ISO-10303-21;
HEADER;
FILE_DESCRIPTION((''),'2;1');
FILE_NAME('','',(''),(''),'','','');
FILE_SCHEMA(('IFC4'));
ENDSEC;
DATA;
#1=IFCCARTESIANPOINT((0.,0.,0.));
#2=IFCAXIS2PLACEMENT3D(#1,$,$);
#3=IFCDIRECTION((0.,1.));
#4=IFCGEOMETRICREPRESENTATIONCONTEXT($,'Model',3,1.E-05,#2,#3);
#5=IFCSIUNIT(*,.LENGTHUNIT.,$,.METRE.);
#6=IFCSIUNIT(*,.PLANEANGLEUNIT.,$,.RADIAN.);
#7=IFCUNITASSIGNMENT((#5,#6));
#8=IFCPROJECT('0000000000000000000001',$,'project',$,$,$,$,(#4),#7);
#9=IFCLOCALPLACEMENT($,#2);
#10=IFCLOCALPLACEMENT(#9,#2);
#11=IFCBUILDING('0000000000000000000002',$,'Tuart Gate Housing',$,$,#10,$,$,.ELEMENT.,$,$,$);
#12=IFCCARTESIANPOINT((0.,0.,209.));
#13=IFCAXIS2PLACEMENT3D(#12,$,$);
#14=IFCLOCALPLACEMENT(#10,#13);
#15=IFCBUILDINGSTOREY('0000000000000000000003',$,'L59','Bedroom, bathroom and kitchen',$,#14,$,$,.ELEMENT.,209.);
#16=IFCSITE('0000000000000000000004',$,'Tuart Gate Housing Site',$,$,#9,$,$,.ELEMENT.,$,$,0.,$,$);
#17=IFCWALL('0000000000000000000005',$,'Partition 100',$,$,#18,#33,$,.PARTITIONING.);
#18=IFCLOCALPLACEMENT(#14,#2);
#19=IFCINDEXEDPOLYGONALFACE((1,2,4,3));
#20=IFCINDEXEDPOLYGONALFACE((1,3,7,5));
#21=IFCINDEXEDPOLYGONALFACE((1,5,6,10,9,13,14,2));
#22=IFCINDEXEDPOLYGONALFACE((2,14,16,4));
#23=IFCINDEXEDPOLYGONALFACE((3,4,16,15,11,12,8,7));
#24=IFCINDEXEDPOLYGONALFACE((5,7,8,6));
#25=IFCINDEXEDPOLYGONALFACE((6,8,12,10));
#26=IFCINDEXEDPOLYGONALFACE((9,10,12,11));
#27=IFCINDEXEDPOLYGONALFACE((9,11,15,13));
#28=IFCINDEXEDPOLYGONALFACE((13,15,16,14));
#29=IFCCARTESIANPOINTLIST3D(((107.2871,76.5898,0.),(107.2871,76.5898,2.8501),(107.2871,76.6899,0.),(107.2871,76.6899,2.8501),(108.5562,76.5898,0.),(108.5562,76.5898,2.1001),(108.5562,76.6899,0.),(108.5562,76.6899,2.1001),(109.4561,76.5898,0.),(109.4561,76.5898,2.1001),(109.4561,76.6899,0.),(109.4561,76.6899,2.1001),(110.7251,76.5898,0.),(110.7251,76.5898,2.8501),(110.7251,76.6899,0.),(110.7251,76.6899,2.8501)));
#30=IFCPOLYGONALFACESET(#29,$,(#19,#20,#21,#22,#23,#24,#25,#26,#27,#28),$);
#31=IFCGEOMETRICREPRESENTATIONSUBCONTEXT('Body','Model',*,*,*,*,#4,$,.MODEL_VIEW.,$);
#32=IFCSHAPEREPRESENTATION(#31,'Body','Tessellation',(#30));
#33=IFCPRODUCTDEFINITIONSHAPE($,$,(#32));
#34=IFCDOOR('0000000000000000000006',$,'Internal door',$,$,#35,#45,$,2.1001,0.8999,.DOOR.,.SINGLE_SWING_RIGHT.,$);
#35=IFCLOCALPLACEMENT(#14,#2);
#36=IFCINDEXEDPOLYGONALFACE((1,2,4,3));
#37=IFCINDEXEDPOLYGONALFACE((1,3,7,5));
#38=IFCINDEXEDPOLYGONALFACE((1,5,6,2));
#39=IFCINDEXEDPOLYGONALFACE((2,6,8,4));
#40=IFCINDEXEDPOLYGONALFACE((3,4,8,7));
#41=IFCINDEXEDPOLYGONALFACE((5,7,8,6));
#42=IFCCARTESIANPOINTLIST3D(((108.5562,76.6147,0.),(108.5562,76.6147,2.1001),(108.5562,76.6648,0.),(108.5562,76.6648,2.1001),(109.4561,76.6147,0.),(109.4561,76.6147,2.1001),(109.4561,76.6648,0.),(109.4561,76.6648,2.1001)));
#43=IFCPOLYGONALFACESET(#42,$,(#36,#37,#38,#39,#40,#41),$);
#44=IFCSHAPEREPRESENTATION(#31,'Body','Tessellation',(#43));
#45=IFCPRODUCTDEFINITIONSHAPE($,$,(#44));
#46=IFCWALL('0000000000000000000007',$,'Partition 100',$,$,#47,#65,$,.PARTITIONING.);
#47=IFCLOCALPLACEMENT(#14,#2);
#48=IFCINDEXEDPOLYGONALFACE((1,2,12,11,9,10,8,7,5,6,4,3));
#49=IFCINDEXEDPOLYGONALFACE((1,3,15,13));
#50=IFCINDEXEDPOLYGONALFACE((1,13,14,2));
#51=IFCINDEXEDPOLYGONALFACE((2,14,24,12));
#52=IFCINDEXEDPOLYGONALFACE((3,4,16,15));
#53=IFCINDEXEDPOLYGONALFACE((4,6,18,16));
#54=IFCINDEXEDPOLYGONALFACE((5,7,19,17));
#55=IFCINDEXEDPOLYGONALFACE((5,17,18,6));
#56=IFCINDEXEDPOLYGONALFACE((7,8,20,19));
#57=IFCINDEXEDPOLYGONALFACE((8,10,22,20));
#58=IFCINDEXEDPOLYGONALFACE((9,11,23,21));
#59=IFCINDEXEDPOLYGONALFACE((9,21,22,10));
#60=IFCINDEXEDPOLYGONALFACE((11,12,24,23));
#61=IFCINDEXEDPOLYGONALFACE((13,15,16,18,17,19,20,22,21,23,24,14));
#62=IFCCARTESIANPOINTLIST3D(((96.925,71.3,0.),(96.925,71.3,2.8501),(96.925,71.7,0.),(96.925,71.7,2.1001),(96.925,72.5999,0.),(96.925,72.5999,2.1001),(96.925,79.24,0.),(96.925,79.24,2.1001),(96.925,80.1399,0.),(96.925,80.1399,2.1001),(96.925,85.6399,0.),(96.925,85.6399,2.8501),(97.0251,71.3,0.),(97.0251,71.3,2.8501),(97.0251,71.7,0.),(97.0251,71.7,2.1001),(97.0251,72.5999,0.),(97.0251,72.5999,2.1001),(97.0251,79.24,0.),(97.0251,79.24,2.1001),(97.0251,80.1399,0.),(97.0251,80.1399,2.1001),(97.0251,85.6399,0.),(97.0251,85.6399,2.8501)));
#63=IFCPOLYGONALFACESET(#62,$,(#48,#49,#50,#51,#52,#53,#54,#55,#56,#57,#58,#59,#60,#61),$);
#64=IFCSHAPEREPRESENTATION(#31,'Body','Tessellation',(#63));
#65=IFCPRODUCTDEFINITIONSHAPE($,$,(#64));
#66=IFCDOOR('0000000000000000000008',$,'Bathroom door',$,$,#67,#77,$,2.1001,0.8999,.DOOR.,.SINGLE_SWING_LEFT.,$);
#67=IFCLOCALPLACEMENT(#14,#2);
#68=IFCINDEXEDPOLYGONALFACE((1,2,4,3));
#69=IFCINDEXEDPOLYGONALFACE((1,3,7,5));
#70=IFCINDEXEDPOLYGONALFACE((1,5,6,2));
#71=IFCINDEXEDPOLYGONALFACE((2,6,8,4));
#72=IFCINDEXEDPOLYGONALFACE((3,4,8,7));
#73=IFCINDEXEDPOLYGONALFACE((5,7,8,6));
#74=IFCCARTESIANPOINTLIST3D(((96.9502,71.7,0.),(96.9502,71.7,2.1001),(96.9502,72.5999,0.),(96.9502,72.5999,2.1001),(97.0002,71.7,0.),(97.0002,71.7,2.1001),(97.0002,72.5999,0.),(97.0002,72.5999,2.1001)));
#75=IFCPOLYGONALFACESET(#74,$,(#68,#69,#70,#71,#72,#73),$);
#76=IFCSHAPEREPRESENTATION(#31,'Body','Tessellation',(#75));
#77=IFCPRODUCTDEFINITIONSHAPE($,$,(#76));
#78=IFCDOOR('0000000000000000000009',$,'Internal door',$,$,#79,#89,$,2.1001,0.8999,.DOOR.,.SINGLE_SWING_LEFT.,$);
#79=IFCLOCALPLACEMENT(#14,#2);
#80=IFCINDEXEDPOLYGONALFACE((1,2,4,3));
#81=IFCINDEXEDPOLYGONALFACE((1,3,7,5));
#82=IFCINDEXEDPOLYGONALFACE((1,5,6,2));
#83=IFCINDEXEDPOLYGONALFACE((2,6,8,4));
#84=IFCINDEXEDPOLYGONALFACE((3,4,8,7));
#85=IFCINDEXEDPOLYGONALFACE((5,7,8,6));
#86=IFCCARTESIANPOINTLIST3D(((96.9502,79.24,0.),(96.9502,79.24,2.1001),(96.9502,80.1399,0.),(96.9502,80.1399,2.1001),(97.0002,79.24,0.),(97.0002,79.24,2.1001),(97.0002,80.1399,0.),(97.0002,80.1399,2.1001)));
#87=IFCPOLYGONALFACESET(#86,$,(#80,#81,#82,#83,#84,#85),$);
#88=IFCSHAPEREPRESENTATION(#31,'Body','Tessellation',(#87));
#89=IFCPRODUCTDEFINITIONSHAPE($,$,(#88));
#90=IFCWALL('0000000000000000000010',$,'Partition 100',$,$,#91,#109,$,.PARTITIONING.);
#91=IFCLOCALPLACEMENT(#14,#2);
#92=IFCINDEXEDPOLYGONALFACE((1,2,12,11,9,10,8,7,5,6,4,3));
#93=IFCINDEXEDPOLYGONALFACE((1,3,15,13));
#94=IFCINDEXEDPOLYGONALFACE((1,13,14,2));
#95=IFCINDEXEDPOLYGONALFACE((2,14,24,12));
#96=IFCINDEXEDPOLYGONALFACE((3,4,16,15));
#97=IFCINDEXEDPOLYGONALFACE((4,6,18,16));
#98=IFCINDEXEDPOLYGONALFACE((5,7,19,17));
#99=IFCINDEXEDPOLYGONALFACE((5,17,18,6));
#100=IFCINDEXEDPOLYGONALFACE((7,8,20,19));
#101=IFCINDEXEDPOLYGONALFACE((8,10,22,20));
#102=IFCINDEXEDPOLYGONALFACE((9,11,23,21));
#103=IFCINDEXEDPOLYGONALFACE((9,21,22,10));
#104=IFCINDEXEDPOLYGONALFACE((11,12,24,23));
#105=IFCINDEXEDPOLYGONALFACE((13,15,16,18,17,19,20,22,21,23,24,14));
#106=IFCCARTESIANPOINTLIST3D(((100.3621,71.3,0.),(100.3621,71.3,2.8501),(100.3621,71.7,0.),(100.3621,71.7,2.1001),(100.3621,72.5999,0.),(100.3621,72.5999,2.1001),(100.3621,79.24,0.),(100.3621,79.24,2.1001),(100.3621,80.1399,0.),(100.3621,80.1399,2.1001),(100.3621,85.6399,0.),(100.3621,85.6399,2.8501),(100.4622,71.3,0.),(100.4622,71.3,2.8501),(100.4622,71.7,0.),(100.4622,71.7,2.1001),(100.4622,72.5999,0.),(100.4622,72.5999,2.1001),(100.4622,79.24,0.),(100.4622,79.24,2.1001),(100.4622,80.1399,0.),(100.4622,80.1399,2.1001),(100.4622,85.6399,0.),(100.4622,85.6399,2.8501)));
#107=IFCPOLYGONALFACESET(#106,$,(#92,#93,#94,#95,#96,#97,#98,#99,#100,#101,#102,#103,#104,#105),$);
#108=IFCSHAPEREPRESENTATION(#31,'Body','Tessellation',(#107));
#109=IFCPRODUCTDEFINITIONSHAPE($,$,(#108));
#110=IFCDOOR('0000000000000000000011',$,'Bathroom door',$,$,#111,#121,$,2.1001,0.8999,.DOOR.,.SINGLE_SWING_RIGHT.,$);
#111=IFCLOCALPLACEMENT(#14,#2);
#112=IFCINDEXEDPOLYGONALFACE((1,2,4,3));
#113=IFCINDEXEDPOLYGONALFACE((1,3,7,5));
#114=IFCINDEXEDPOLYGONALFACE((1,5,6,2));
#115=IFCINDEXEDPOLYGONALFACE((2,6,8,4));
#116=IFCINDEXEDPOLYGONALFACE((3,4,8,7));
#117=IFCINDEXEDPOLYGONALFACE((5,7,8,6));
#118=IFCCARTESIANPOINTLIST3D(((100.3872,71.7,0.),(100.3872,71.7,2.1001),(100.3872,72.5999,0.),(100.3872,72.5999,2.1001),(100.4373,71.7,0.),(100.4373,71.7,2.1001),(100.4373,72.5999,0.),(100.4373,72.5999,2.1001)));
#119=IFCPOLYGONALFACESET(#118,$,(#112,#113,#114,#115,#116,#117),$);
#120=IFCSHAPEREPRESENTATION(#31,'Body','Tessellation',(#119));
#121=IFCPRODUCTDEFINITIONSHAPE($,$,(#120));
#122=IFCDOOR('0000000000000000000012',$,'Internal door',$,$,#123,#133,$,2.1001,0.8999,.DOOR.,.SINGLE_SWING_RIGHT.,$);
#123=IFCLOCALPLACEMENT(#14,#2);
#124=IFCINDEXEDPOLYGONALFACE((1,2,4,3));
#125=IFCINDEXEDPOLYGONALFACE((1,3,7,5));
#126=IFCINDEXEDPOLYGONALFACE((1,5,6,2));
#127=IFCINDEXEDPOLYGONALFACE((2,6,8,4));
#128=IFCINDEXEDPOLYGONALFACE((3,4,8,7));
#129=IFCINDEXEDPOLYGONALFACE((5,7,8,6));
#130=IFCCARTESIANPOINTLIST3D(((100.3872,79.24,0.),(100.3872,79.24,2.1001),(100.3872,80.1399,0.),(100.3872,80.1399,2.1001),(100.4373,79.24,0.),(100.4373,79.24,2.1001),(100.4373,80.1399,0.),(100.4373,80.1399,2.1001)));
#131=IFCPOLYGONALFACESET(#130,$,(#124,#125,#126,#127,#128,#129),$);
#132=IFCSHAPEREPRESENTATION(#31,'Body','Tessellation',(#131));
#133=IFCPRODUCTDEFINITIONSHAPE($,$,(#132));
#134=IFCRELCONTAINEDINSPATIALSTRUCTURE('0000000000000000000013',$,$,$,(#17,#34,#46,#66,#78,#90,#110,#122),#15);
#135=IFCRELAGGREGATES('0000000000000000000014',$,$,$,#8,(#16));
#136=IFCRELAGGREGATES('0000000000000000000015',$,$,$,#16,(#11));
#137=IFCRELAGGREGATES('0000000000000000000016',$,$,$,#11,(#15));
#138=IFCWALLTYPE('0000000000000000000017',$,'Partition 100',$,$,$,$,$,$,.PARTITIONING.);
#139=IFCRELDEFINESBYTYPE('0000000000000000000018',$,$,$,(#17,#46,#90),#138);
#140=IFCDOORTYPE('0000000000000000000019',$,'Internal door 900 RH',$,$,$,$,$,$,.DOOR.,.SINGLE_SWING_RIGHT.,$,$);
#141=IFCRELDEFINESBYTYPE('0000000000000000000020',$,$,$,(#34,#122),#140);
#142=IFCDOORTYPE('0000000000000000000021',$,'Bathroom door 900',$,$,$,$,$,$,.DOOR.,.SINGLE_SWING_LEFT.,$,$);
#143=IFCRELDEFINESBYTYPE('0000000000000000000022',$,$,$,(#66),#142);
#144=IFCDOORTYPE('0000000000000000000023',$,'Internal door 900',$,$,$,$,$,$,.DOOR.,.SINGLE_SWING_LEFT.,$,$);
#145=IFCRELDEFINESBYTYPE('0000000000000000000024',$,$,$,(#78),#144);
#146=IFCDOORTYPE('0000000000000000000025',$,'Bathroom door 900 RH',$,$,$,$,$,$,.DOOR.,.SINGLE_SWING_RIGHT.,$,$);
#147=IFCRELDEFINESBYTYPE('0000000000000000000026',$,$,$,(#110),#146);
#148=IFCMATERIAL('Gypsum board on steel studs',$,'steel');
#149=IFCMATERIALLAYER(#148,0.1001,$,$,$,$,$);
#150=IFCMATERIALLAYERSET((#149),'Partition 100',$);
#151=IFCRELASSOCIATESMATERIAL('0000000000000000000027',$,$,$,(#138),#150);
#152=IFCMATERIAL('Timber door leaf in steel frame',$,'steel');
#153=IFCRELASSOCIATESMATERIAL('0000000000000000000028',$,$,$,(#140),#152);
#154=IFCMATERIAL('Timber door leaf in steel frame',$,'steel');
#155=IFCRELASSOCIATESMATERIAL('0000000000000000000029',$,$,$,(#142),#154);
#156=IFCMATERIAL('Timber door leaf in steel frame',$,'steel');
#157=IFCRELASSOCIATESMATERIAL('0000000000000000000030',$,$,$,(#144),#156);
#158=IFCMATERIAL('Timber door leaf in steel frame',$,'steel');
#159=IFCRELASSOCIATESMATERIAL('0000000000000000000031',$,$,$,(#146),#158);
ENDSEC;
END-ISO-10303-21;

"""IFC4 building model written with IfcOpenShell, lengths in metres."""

from ifc_helpers import new_model, si_unit, direction, frame, frame_2d, origin, place, context, subcontext, project, spatial, rectangle, extrude, material, layer, layer_set, type_object, element, fill, save


model = new_model("IFC4")

# Units and contexts
model_context = context("Model", 3, precision=1e-05, world=origin(), true_north=direction((0.0, 1.0)))
body_context = subcontext(model_context, "Body", "Model", "MODEL_VIEW")
ifc_project = project(units=[si_unit("LENGTHUNIT", "METRE"), si_unit("PLANEANGLEUNIT", "RADIAN")], contexts=[model_context])

# Site, building, storey
site_placement = place(None, origin())
site = spatial("IfcSite", under=ifc_project, at=site_placement, Name="Tuart Gate Housing Site", CompositionType="ELEMENT", RefElevation=0.0)
building_placement = place(site_placement, origin())
building = spatial("IfcBuilding", under=site, at=building_placement, Name="Tuart Gate Housing", CompositionType="ELEMENT")
storey_placement = place(building_placement, frame((0.0, 0.0, 209.0)))
storey = spatial("IfcBuildingStorey", under=building, at=storey_placement, Name="L59", Description="Bedroom, bathroom and kitchen", CompositionType="ELEMENT", Elevation=209.0)

# Shared definitions
ifc_material_1 = material(Name="Gypsum board on steel studs", Category="steel")
ifc_layer_1 = layer(ifc_material_1, 0.1001)
ifc_layer_set_1 = layer_set([ifc_layer_1], Name="Partition 100")
wall_type_1 = type_object("IfcWallType", Name="Partition 100", PredefinedType="PARTITIONING", material=ifc_layer_set_1)

# Wall, opening, door
wall_1_placement = place(storey_placement, frame((107.2871, 76.6399, 0.0), z_axis=(0.0, 0.0, 1.0), x_axis=(1.0, 0.0, 0.0)))
wall_1 = element("IfcWall", 1, at=wall_1_placement, inside=storey, type_object=wall_type_1, Name="Partition 100", PredefinedType="PARTITIONING", context=body_context, shape_type="SweptSolid", body=[
    extrude(rectangle(XDim=3.438, YDim=0.1001, at=frame_2d((1.719, 0.0))), origin(), (0.0, 0.0, 1.0), 2.8501),
])
opening_1_placement = place(wall_1_placement, frame((1.269, 0.0, 0.0)))
opening_1 = element("IfcOpeningElement", 2, at=opening_1_placement, cuts=wall_1, PredefinedType="OPENING", context=body_context, shape_type="SweptSolid", body=[
    extrude(rectangle(XDim=0.8999, YDim=2.1001, at=frame_2d((0.45, 1.05))), frame((0.0, 0.0601, 0.0), z_axis=(0.0, -1.0, 0.0), x_axis=(1.0, 0.0, 0.0)), (0.0, 0.0, 1.0), 0.1201),
])
ifc_material_2 = material(Name="Timber door leaf in steel frame", Category="steel")
door_type_1 = type_object("IfcDoorType", Name="Internal door 900 RH", OperationType="SINGLE_SWING_RIGHT", PredefinedType="DOOR", material=ifc_material_2)
door_1_placement = place(opening_1_placement, frame((0.8999, 0.0, 0.0), z_axis=(0.0, 0.0, 1.0), x_axis=(-1.0, 0.0, 0.0)))
door_1 = element("IfcDoor", 3, at=door_1_placement, inside=storey, type_object=door_type_1, Name="Internal door", OperationType="SINGLE_SWING_RIGHT", OverallHeight=2.1001, OverallWidth=0.8999, PredefinedType="DOOR", context=body_context, shape_type="SweptSolid", body=[
    extrude(rectangle(XDim=0.8999, YDim=2.1001, at=frame_2d((0.45, 1.05))), frame((0.0, 0.0251, 0.0), z_axis=(0.0, -1.0, 0.0), x_axis=(1.0, 0.0, 0.0)), (0.0, 0.0, 1.0), 0.05),
])
fill(opening_1, door_1)

# Walls, openings, doors
wall_2_placement = place(storey_placement, frame((96.9751, 71.3, 0.0), z_axis=(0.0, 0.0, 1.0), x_axis=(0.0, 1.0, 0.0)))
wall_2 = element("IfcWall", 4, at=wall_2_placement, inside=storey, type_object=wall_type_1, Name="Partition 100", PredefinedType="PARTITIONING", context=body_context, shape_type="SweptSolid", body=[
    extrude(rectangle(XDim=14.3398, YDim=0.1001, at=frame_2d((7.1699, 0.0))), origin(), (0.0, 0.0, 1.0), 2.8501),
])
opening_2_placement = place(wall_2_placement, frame((7.9399, 0.0, 0.0)))
opening_2 = element("IfcOpeningElement", 5, at=opening_2_placement, cuts=wall_2, PredefinedType="OPENING", context=body_context, shape_type="SweptSolid", body=[
    extrude(rectangle(XDim=0.8999, YDim=2.1001, at=frame_2d((0.45, 1.05))), frame((0.0, 0.0601, 0.0), z_axis=(0.0, -1.0, 0.0), x_axis=(1.0, 0.0, 0.0)), (0.0, 0.0, 1.0), 0.1201),
])
opening_3_placement = place(wall_2_placement, frame((0.3999, 0.0, 0.0)))
opening_3 = element("IfcOpeningElement", 6, at=opening_3_placement, cuts=wall_2, PredefinedType="OPENING", context=body_context, shape_type="SweptSolid", body=[
    extrude(rectangle(XDim=0.8999, YDim=2.1001, at=frame_2d((0.45, 1.05))), frame((0.0, 0.0601, 0.0), z_axis=(0.0, -1.0, 0.0), x_axis=(1.0, 0.0, 0.0)), (0.0, 0.0, 1.0), 0.1201),
])
ifc_material_3 = material(Name="Timber door leaf in steel frame", Category="steel")
door_type_2 = type_object("IfcDoorType", Name="Bathroom door 900", OperationType="SINGLE_SWING_LEFT", PredefinedType="DOOR", material=ifc_material_3)
door_2_placement = place(opening_3_placement, origin())
door_2 = element("IfcDoor", 7, at=door_2_placement, inside=storey, type_object=door_type_2, Name="Bathroom door", OperationType="SINGLE_SWING_LEFT", OverallHeight=2.1001, OverallWidth=0.8999, PredefinedType="DOOR", context=body_context, shape_type="SweptSolid", body=[
    extrude(rectangle(XDim=0.8999, YDim=2.1001, at=frame_2d((0.45, 1.05))), frame((0.0, 0.0249, 0.0), z_axis=(0.0, -1.0, 0.0), x_axis=(1.0, 0.0, 0.0)), (0.0, 0.0, 1.0), 0.05),
])
fill(opening_3, door_2)
ifc_material_4 = material(Name="Timber door leaf in steel frame", Category="steel")
door_type_3 = type_object("IfcDoorType", Name="Internal door 900", OperationType="SINGLE_SWING_LEFT", PredefinedType="DOOR", material=ifc_material_4)
door_3_placement = place(opening_2_placement, origin())
door_3 = element("IfcDoor", 8, at=door_3_placement, inside=storey, type_object=door_type_3, Name="Internal door", OperationType="SINGLE_SWING_LEFT", OverallHeight=2.1001, OverallWidth=0.8999, PredefinedType="DOOR", context=body_context, shape_type="SweptSolid", body=[
    extrude(rectangle(XDim=0.8999, YDim=2.1001, at=frame_2d((0.45, 1.05))), frame((0.0, 0.0249, 0.0), z_axis=(0.0, -1.0, 0.0), x_axis=(1.0, 0.0, 0.0)), (0.0, 0.0, 1.0), 0.05),
])
fill(opening_2, door_3)
wall_3_placement = place(storey_placement, frame((100.4121, 71.3, 0.0), z_axis=(0.0, 0.0, 1.0), x_axis=(0.0, 1.0, 0.0)))
wall_3 = element("IfcWall", 9, at=wall_3_placement, inside=storey, type_object=wall_type_1, Name="Partition 100", PredefinedType="PARTITIONING", context=body_context, shape_type="SweptSolid", body=[
    extrude(rectangle(XDim=14.3398, YDim=0.1001, at=frame_2d((7.1699, 0.0))), origin(), (0.0, 0.0, 1.0), 2.8501),
])
opening_4_placement = place(wall_3_placement, frame((7.9399, 0.0, 0.0)))
opening_4 = element("IfcOpeningElement", 10, at=opening_4_placement, cuts=wall_3, PredefinedType="OPENING", context=body_context, shape_type="SweptSolid", body=[
    extrude(rectangle(XDim=0.8999, YDim=2.1001, at=frame_2d((0.45, 1.05))), frame((0.0, 0.0601, 0.0), z_axis=(0.0, -1.0, 0.0), x_axis=(1.0, 0.0, 0.0)), (0.0, 0.0, 1.0), 0.1201),
])
opening_5_placement = place(wall_3_placement, frame((0.3999, 0.0, 0.0)))
opening_5 = element("IfcOpeningElement", 11, at=opening_5_placement, cuts=wall_3, PredefinedType="OPENING", context=body_context, shape_type="SweptSolid", body=[
    extrude(rectangle(XDim=0.8999, YDim=2.1001, at=frame_2d((0.45, 1.05))), frame((0.0, 0.0601, 0.0), z_axis=(0.0, -1.0, 0.0), x_axis=(1.0, 0.0, 0.0)), (0.0, 0.0, 1.0), 0.1201),
])
ifc_material_5 = material(Name="Timber door leaf in steel frame", Category="steel")
door_type_4 = type_object("IfcDoorType", Name="Bathroom door 900 RH", OperationType="SINGLE_SWING_RIGHT", PredefinedType="DOOR", material=ifc_material_5)
door_4_placement = place(opening_5_placement, frame((0.8999, 0.0, 0.0), z_axis=(0.0, 0.0, 1.0), x_axis=(-1.0, 0.0, 0.0)))
door_4 = element("IfcDoor", 12, at=door_4_placement, inside=storey, type_object=door_type_4, Name="Bathroom door", OperationType="SINGLE_SWING_RIGHT", OverallHeight=2.1001, OverallWidth=0.8999, PredefinedType="DOOR", context=body_context, shape_type="SweptSolid", body=[
    extrude(rectangle(XDim=0.8999, YDim=2.1001, at=frame_2d((0.45, 1.05))), frame((0.0, 0.0251, 0.0), z_axis=(0.0, -1.0, 0.0), x_axis=(1.0, 0.0, 0.0)), (0.0, 0.0, 1.0), 0.05),
])
fill(opening_5, door_4)
door_5_placement = place(opening_4_placement, frame((0.8999, 0.0, 0.0), z_axis=(0.0, 0.0, 1.0), x_axis=(-1.0, 0.0, 0.0)))
door_5 = element("IfcDoor", 13, at=door_5_placement, inside=storey, type_object=door_type_1, Name="Internal door", OperationType="SINGLE_SWING_RIGHT", OverallHeight=2.1001, OverallWidth=0.8999, PredefinedType="DOOR", context=body_context, shape_type="SweptSolid", body=[
    extrude(rectangle(XDim=0.8999, YDim=2.1001, at=frame_2d((0.45, 1.05))), frame((0.0, 0.0251, 0.0), z_axis=(0.0, -1.0, 0.0), x_axis=(1.0, 0.0, 0.0)), (0.0, 0.0, 1.0), 0.05),
])
fill(opening_4, door_5)

save(model, "model.ifc")
